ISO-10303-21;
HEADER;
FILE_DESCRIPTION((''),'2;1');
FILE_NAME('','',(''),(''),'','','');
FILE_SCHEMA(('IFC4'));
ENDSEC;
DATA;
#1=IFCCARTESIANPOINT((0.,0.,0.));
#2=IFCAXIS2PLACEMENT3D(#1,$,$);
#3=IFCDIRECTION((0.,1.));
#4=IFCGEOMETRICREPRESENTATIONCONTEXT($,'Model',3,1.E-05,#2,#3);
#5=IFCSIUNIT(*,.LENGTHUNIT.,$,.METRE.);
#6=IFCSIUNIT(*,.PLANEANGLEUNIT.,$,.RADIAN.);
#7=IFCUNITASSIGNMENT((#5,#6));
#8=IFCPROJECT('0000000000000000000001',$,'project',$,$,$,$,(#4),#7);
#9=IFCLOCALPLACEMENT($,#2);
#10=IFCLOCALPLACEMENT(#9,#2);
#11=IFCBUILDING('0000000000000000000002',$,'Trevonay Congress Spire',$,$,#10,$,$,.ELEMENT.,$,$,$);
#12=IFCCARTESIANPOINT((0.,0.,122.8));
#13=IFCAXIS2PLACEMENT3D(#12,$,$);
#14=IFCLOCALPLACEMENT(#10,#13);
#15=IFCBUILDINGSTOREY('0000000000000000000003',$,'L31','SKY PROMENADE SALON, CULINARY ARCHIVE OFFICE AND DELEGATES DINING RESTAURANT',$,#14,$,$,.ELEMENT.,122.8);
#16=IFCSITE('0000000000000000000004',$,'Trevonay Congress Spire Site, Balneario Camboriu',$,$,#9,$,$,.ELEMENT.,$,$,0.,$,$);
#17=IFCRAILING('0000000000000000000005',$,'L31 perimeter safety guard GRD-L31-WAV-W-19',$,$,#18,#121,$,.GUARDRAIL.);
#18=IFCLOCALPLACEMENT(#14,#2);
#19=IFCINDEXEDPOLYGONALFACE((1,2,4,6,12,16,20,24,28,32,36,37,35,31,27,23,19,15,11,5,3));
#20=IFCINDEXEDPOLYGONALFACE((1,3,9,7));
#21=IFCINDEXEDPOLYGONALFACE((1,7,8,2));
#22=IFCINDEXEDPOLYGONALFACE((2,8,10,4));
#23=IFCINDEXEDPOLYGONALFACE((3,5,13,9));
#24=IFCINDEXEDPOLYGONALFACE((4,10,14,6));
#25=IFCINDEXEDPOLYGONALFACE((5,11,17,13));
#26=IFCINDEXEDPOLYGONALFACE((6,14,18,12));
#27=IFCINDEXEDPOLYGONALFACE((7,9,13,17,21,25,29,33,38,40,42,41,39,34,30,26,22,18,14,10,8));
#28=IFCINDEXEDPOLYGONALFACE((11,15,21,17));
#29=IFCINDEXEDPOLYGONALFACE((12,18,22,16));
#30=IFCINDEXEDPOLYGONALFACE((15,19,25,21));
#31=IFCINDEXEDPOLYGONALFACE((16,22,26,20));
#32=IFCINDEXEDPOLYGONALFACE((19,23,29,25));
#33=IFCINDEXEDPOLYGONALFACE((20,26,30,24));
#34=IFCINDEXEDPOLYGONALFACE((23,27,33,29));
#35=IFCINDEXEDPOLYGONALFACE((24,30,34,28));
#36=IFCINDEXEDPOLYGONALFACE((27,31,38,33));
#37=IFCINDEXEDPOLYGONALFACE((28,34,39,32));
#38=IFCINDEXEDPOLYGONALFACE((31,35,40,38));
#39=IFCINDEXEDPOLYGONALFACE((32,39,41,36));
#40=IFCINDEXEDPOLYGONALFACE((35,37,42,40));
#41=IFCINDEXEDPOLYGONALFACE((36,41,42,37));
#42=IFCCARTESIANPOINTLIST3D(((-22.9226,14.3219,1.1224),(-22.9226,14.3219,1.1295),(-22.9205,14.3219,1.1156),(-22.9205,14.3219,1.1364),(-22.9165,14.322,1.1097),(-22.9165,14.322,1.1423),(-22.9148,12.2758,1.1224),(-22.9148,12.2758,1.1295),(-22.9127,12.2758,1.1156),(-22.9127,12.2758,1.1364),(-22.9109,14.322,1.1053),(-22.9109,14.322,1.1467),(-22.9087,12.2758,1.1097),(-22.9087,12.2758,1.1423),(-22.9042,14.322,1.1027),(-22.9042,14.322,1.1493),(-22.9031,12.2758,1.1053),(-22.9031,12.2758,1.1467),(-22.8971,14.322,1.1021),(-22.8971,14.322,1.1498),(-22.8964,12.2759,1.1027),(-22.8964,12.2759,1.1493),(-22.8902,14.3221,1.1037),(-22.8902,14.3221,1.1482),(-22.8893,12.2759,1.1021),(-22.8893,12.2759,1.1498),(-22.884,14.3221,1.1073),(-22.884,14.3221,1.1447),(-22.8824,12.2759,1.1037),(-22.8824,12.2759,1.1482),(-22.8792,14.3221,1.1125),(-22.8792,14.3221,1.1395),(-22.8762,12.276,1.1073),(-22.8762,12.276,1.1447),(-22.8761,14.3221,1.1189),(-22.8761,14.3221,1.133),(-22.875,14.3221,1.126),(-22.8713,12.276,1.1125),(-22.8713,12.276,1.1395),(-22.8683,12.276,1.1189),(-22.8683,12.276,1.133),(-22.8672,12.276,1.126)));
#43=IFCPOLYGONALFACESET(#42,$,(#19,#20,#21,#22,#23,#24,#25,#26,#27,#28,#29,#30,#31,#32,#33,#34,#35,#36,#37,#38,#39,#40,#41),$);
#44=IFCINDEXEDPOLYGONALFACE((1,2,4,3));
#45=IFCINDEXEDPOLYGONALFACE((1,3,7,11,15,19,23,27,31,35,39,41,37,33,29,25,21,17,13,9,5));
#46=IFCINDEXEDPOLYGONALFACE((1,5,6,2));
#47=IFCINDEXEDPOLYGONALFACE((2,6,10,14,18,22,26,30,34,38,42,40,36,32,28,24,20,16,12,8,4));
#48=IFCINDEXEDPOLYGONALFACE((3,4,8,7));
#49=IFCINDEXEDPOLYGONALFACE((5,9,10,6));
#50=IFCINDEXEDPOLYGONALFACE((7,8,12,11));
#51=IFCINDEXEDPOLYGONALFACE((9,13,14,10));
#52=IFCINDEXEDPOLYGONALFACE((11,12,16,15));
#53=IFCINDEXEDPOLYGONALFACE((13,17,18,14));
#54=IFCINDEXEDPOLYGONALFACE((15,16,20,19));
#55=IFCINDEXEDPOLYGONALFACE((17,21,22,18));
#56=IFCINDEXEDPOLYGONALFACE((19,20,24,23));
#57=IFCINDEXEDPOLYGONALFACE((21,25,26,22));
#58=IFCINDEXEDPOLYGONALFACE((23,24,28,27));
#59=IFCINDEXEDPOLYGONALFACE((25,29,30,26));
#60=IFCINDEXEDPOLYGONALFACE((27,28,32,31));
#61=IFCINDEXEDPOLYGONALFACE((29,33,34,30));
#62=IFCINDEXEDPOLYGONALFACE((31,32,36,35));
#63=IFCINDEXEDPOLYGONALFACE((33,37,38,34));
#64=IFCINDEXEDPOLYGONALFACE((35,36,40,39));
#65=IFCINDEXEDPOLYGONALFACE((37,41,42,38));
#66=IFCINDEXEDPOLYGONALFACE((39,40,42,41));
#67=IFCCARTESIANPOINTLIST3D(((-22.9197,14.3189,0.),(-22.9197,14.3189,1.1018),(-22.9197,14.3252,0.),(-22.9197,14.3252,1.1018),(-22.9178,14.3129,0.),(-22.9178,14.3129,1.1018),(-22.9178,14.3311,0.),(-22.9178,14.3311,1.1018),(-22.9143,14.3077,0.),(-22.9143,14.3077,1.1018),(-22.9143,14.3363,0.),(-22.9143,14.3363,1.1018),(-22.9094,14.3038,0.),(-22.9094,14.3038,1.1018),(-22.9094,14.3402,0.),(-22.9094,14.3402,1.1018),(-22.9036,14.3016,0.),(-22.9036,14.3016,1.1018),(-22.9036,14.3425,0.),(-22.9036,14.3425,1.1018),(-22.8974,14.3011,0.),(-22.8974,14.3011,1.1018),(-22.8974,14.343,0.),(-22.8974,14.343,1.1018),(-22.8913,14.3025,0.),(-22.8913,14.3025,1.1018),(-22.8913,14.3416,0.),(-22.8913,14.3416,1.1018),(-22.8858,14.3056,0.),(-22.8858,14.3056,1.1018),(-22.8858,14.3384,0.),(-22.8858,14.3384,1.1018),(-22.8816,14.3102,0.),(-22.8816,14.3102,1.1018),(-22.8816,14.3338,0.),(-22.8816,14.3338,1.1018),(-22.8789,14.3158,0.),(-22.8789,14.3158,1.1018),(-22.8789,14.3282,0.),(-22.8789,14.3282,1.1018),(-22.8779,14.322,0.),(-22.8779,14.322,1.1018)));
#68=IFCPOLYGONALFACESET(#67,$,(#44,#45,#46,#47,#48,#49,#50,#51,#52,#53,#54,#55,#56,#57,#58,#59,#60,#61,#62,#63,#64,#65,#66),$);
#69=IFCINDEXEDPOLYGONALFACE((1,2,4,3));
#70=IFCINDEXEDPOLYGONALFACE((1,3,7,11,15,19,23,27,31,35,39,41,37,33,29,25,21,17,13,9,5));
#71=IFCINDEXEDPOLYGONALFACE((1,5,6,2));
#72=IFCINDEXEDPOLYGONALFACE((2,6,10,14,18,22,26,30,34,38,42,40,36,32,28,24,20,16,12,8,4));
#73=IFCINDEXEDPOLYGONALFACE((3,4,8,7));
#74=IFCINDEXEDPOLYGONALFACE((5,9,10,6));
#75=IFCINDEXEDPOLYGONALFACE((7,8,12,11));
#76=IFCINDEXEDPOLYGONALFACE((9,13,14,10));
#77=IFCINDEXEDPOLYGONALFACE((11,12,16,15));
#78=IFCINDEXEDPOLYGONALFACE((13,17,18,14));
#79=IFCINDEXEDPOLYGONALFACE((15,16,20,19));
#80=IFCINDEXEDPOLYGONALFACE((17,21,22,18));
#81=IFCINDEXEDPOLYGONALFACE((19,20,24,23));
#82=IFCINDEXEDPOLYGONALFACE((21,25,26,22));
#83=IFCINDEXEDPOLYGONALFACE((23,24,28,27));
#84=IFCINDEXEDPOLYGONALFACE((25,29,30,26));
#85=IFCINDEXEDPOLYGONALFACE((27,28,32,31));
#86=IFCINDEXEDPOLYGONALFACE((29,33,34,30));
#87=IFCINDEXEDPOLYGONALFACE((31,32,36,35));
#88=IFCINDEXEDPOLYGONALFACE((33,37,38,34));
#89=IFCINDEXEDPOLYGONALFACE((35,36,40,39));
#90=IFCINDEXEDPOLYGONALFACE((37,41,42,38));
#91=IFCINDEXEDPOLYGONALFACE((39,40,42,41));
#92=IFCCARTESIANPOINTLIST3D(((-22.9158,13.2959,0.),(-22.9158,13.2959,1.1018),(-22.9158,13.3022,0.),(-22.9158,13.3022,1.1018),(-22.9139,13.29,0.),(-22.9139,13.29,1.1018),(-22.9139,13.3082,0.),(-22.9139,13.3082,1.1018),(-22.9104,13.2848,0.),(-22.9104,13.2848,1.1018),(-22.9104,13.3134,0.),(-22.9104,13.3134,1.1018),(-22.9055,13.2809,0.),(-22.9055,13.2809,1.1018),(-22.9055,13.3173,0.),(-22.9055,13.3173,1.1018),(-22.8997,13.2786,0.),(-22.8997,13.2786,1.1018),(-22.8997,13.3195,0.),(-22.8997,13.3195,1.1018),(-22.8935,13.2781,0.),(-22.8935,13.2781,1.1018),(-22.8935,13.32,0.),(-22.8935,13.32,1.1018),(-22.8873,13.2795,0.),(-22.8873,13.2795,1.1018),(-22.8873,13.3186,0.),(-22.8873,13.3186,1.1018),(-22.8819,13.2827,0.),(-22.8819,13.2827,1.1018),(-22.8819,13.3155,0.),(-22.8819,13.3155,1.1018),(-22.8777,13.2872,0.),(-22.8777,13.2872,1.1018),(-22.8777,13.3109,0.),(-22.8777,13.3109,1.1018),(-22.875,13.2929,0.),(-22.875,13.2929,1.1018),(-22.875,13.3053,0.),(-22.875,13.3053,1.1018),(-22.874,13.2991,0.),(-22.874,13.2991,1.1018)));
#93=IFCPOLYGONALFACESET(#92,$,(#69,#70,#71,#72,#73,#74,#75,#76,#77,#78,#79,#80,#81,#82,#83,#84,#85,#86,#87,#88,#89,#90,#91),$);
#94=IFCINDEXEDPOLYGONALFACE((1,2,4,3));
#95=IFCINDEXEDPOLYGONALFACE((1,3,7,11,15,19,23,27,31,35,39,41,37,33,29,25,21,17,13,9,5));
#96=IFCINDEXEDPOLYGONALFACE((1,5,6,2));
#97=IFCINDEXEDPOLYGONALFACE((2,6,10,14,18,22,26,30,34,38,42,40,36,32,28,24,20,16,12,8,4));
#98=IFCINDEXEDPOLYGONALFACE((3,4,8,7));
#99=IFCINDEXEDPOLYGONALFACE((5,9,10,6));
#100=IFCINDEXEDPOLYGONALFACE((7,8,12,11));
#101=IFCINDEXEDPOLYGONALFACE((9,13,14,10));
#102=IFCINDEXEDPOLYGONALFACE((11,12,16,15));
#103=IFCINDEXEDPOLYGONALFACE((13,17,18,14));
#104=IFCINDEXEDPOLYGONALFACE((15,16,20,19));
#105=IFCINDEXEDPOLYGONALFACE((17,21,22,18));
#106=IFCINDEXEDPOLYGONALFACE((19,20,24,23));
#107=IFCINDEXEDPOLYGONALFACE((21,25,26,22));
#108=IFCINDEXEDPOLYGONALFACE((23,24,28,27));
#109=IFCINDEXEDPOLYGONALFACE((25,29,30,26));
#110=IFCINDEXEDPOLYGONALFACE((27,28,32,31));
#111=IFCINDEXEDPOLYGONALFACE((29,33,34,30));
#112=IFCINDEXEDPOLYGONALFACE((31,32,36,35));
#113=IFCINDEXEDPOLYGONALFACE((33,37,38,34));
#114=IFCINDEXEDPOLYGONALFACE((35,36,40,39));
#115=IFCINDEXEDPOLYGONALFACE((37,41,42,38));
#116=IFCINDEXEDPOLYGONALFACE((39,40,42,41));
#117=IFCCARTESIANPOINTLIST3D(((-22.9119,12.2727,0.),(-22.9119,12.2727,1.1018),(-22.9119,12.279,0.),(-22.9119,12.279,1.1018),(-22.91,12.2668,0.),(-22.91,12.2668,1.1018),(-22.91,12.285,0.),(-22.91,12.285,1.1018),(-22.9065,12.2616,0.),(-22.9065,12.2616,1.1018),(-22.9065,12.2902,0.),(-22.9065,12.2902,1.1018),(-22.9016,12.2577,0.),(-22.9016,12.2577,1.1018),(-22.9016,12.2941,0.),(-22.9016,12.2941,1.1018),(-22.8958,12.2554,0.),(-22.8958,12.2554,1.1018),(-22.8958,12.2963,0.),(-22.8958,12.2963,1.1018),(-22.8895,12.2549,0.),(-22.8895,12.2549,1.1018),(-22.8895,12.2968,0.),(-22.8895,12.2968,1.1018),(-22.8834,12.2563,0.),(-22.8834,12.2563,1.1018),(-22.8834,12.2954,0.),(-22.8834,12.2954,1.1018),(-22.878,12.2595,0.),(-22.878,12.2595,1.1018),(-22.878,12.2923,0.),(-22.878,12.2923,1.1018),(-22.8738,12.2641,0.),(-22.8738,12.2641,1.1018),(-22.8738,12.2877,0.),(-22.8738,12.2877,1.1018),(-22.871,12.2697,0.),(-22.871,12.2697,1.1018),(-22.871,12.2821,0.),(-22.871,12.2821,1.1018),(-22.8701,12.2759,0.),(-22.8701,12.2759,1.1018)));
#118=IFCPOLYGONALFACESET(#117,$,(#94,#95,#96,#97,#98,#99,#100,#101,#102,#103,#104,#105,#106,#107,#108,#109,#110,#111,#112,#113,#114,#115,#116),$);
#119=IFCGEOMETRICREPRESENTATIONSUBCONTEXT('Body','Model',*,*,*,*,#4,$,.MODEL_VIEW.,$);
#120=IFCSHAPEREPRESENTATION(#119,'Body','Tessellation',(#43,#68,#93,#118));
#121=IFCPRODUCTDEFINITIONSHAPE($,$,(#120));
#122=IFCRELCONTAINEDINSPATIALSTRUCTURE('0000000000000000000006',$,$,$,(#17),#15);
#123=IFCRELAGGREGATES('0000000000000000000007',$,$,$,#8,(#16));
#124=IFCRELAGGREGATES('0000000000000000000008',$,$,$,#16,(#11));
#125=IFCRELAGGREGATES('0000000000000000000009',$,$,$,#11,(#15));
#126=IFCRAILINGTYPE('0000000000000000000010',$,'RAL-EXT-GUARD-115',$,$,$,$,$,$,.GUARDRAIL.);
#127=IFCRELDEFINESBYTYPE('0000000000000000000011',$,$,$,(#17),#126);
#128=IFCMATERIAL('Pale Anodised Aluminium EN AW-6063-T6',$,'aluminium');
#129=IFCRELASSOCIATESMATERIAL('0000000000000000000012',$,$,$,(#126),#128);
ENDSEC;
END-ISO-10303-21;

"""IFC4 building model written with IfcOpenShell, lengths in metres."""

from ifc_helpers import new_model, si_unit, direction, frame, origin, origin_2d, place, context, subcontext, project, spatial, circle, extrude, material, type_object, element, save


model = new_model("IFC4")

# Units and contexts
model_context = context("Model", 3, precision=1e-05, world=origin(), true_north=direction((0.0, 1.0)))
body_context = subcontext(model_context, "Body", "Model", "MODEL_VIEW")
ifc_project = project(units=[si_unit("LENGTHUNIT", "METRE"), si_unit("PLANEANGLEUNIT", "RADIAN")], contexts=[model_context])

# Site, building, storey
site_placement = place(None, origin())
site = spatial("IfcSite", under=ifc_project, at=site_placement, Name="Trevonay Congress Spire Site, Balneario Camboriu", CompositionType="ELEMENT", RefElevation=0.0)
building_placement = place(site_placement, origin())
building = spatial("IfcBuilding", under=site, at=building_placement, Name="Trevonay Congress Spire", CompositionType="ELEMENT")
storey_placement = place(building_placement, frame((0.0, 0.0, 122.8)))
storey = spatial("IfcBuildingStorey", under=building, at=storey_placement, Name="L31", Description="SKY PROMENADE SALON, CULINARY ARCHIVE OFFICE AND DELEGATES DINING RESTAURANT", CompositionType="ELEMENT", Elevation=122.8)

# Shared definitions
ifc_material_1 = material(Name="Pale Anodised Aluminium EN AW-6063-T6", Category="aluminium")

# Railing
railing_type = type_object("IfcRailingType", Name="RAL-EXT-GUARD-115", PredefinedType="GUARDRAIL", material=ifc_material_1)
railing_1_placement = place(storey_placement, frame((-22.8989, 14.322, 0.0)))
element("IfcRailing", 1, at=railing_1_placement, inside=storey, type_object=railing_type, Name="L31 perimeter safety guard GRD-L31-WAV-W-19", PredefinedType="GUARDRAIL", context=body_context, shape_type="SweptSolid", body=[
    extrude(circle(Radius=0.0239, at=origin_2d()), frame((0.0, 0.0, 1.126), z_axis=(0.003818, -0.999993, 0.0), x_axis=(0.999993, 0.003818, 0.0)), (0.0, 0.0, 1.0), 2.0461),
    extrude(circle(Radius=0.021, at=origin_2d()), origin(), (0.0, 0.0, 1.0), 1.1018),
    extrude(circle(Radius=0.021, at=origin_2d()), frame((0.0039, -1.0229, 0.0)), (0.0, 0.0, 1.0), 1.1018),
    extrude(circle(Radius=0.021, at=origin_2d()), frame((0.0078, -2.0461, 0.0)), (0.0, 0.0, 1.0), 1.1018),
])

save(model, "model.ifc")
